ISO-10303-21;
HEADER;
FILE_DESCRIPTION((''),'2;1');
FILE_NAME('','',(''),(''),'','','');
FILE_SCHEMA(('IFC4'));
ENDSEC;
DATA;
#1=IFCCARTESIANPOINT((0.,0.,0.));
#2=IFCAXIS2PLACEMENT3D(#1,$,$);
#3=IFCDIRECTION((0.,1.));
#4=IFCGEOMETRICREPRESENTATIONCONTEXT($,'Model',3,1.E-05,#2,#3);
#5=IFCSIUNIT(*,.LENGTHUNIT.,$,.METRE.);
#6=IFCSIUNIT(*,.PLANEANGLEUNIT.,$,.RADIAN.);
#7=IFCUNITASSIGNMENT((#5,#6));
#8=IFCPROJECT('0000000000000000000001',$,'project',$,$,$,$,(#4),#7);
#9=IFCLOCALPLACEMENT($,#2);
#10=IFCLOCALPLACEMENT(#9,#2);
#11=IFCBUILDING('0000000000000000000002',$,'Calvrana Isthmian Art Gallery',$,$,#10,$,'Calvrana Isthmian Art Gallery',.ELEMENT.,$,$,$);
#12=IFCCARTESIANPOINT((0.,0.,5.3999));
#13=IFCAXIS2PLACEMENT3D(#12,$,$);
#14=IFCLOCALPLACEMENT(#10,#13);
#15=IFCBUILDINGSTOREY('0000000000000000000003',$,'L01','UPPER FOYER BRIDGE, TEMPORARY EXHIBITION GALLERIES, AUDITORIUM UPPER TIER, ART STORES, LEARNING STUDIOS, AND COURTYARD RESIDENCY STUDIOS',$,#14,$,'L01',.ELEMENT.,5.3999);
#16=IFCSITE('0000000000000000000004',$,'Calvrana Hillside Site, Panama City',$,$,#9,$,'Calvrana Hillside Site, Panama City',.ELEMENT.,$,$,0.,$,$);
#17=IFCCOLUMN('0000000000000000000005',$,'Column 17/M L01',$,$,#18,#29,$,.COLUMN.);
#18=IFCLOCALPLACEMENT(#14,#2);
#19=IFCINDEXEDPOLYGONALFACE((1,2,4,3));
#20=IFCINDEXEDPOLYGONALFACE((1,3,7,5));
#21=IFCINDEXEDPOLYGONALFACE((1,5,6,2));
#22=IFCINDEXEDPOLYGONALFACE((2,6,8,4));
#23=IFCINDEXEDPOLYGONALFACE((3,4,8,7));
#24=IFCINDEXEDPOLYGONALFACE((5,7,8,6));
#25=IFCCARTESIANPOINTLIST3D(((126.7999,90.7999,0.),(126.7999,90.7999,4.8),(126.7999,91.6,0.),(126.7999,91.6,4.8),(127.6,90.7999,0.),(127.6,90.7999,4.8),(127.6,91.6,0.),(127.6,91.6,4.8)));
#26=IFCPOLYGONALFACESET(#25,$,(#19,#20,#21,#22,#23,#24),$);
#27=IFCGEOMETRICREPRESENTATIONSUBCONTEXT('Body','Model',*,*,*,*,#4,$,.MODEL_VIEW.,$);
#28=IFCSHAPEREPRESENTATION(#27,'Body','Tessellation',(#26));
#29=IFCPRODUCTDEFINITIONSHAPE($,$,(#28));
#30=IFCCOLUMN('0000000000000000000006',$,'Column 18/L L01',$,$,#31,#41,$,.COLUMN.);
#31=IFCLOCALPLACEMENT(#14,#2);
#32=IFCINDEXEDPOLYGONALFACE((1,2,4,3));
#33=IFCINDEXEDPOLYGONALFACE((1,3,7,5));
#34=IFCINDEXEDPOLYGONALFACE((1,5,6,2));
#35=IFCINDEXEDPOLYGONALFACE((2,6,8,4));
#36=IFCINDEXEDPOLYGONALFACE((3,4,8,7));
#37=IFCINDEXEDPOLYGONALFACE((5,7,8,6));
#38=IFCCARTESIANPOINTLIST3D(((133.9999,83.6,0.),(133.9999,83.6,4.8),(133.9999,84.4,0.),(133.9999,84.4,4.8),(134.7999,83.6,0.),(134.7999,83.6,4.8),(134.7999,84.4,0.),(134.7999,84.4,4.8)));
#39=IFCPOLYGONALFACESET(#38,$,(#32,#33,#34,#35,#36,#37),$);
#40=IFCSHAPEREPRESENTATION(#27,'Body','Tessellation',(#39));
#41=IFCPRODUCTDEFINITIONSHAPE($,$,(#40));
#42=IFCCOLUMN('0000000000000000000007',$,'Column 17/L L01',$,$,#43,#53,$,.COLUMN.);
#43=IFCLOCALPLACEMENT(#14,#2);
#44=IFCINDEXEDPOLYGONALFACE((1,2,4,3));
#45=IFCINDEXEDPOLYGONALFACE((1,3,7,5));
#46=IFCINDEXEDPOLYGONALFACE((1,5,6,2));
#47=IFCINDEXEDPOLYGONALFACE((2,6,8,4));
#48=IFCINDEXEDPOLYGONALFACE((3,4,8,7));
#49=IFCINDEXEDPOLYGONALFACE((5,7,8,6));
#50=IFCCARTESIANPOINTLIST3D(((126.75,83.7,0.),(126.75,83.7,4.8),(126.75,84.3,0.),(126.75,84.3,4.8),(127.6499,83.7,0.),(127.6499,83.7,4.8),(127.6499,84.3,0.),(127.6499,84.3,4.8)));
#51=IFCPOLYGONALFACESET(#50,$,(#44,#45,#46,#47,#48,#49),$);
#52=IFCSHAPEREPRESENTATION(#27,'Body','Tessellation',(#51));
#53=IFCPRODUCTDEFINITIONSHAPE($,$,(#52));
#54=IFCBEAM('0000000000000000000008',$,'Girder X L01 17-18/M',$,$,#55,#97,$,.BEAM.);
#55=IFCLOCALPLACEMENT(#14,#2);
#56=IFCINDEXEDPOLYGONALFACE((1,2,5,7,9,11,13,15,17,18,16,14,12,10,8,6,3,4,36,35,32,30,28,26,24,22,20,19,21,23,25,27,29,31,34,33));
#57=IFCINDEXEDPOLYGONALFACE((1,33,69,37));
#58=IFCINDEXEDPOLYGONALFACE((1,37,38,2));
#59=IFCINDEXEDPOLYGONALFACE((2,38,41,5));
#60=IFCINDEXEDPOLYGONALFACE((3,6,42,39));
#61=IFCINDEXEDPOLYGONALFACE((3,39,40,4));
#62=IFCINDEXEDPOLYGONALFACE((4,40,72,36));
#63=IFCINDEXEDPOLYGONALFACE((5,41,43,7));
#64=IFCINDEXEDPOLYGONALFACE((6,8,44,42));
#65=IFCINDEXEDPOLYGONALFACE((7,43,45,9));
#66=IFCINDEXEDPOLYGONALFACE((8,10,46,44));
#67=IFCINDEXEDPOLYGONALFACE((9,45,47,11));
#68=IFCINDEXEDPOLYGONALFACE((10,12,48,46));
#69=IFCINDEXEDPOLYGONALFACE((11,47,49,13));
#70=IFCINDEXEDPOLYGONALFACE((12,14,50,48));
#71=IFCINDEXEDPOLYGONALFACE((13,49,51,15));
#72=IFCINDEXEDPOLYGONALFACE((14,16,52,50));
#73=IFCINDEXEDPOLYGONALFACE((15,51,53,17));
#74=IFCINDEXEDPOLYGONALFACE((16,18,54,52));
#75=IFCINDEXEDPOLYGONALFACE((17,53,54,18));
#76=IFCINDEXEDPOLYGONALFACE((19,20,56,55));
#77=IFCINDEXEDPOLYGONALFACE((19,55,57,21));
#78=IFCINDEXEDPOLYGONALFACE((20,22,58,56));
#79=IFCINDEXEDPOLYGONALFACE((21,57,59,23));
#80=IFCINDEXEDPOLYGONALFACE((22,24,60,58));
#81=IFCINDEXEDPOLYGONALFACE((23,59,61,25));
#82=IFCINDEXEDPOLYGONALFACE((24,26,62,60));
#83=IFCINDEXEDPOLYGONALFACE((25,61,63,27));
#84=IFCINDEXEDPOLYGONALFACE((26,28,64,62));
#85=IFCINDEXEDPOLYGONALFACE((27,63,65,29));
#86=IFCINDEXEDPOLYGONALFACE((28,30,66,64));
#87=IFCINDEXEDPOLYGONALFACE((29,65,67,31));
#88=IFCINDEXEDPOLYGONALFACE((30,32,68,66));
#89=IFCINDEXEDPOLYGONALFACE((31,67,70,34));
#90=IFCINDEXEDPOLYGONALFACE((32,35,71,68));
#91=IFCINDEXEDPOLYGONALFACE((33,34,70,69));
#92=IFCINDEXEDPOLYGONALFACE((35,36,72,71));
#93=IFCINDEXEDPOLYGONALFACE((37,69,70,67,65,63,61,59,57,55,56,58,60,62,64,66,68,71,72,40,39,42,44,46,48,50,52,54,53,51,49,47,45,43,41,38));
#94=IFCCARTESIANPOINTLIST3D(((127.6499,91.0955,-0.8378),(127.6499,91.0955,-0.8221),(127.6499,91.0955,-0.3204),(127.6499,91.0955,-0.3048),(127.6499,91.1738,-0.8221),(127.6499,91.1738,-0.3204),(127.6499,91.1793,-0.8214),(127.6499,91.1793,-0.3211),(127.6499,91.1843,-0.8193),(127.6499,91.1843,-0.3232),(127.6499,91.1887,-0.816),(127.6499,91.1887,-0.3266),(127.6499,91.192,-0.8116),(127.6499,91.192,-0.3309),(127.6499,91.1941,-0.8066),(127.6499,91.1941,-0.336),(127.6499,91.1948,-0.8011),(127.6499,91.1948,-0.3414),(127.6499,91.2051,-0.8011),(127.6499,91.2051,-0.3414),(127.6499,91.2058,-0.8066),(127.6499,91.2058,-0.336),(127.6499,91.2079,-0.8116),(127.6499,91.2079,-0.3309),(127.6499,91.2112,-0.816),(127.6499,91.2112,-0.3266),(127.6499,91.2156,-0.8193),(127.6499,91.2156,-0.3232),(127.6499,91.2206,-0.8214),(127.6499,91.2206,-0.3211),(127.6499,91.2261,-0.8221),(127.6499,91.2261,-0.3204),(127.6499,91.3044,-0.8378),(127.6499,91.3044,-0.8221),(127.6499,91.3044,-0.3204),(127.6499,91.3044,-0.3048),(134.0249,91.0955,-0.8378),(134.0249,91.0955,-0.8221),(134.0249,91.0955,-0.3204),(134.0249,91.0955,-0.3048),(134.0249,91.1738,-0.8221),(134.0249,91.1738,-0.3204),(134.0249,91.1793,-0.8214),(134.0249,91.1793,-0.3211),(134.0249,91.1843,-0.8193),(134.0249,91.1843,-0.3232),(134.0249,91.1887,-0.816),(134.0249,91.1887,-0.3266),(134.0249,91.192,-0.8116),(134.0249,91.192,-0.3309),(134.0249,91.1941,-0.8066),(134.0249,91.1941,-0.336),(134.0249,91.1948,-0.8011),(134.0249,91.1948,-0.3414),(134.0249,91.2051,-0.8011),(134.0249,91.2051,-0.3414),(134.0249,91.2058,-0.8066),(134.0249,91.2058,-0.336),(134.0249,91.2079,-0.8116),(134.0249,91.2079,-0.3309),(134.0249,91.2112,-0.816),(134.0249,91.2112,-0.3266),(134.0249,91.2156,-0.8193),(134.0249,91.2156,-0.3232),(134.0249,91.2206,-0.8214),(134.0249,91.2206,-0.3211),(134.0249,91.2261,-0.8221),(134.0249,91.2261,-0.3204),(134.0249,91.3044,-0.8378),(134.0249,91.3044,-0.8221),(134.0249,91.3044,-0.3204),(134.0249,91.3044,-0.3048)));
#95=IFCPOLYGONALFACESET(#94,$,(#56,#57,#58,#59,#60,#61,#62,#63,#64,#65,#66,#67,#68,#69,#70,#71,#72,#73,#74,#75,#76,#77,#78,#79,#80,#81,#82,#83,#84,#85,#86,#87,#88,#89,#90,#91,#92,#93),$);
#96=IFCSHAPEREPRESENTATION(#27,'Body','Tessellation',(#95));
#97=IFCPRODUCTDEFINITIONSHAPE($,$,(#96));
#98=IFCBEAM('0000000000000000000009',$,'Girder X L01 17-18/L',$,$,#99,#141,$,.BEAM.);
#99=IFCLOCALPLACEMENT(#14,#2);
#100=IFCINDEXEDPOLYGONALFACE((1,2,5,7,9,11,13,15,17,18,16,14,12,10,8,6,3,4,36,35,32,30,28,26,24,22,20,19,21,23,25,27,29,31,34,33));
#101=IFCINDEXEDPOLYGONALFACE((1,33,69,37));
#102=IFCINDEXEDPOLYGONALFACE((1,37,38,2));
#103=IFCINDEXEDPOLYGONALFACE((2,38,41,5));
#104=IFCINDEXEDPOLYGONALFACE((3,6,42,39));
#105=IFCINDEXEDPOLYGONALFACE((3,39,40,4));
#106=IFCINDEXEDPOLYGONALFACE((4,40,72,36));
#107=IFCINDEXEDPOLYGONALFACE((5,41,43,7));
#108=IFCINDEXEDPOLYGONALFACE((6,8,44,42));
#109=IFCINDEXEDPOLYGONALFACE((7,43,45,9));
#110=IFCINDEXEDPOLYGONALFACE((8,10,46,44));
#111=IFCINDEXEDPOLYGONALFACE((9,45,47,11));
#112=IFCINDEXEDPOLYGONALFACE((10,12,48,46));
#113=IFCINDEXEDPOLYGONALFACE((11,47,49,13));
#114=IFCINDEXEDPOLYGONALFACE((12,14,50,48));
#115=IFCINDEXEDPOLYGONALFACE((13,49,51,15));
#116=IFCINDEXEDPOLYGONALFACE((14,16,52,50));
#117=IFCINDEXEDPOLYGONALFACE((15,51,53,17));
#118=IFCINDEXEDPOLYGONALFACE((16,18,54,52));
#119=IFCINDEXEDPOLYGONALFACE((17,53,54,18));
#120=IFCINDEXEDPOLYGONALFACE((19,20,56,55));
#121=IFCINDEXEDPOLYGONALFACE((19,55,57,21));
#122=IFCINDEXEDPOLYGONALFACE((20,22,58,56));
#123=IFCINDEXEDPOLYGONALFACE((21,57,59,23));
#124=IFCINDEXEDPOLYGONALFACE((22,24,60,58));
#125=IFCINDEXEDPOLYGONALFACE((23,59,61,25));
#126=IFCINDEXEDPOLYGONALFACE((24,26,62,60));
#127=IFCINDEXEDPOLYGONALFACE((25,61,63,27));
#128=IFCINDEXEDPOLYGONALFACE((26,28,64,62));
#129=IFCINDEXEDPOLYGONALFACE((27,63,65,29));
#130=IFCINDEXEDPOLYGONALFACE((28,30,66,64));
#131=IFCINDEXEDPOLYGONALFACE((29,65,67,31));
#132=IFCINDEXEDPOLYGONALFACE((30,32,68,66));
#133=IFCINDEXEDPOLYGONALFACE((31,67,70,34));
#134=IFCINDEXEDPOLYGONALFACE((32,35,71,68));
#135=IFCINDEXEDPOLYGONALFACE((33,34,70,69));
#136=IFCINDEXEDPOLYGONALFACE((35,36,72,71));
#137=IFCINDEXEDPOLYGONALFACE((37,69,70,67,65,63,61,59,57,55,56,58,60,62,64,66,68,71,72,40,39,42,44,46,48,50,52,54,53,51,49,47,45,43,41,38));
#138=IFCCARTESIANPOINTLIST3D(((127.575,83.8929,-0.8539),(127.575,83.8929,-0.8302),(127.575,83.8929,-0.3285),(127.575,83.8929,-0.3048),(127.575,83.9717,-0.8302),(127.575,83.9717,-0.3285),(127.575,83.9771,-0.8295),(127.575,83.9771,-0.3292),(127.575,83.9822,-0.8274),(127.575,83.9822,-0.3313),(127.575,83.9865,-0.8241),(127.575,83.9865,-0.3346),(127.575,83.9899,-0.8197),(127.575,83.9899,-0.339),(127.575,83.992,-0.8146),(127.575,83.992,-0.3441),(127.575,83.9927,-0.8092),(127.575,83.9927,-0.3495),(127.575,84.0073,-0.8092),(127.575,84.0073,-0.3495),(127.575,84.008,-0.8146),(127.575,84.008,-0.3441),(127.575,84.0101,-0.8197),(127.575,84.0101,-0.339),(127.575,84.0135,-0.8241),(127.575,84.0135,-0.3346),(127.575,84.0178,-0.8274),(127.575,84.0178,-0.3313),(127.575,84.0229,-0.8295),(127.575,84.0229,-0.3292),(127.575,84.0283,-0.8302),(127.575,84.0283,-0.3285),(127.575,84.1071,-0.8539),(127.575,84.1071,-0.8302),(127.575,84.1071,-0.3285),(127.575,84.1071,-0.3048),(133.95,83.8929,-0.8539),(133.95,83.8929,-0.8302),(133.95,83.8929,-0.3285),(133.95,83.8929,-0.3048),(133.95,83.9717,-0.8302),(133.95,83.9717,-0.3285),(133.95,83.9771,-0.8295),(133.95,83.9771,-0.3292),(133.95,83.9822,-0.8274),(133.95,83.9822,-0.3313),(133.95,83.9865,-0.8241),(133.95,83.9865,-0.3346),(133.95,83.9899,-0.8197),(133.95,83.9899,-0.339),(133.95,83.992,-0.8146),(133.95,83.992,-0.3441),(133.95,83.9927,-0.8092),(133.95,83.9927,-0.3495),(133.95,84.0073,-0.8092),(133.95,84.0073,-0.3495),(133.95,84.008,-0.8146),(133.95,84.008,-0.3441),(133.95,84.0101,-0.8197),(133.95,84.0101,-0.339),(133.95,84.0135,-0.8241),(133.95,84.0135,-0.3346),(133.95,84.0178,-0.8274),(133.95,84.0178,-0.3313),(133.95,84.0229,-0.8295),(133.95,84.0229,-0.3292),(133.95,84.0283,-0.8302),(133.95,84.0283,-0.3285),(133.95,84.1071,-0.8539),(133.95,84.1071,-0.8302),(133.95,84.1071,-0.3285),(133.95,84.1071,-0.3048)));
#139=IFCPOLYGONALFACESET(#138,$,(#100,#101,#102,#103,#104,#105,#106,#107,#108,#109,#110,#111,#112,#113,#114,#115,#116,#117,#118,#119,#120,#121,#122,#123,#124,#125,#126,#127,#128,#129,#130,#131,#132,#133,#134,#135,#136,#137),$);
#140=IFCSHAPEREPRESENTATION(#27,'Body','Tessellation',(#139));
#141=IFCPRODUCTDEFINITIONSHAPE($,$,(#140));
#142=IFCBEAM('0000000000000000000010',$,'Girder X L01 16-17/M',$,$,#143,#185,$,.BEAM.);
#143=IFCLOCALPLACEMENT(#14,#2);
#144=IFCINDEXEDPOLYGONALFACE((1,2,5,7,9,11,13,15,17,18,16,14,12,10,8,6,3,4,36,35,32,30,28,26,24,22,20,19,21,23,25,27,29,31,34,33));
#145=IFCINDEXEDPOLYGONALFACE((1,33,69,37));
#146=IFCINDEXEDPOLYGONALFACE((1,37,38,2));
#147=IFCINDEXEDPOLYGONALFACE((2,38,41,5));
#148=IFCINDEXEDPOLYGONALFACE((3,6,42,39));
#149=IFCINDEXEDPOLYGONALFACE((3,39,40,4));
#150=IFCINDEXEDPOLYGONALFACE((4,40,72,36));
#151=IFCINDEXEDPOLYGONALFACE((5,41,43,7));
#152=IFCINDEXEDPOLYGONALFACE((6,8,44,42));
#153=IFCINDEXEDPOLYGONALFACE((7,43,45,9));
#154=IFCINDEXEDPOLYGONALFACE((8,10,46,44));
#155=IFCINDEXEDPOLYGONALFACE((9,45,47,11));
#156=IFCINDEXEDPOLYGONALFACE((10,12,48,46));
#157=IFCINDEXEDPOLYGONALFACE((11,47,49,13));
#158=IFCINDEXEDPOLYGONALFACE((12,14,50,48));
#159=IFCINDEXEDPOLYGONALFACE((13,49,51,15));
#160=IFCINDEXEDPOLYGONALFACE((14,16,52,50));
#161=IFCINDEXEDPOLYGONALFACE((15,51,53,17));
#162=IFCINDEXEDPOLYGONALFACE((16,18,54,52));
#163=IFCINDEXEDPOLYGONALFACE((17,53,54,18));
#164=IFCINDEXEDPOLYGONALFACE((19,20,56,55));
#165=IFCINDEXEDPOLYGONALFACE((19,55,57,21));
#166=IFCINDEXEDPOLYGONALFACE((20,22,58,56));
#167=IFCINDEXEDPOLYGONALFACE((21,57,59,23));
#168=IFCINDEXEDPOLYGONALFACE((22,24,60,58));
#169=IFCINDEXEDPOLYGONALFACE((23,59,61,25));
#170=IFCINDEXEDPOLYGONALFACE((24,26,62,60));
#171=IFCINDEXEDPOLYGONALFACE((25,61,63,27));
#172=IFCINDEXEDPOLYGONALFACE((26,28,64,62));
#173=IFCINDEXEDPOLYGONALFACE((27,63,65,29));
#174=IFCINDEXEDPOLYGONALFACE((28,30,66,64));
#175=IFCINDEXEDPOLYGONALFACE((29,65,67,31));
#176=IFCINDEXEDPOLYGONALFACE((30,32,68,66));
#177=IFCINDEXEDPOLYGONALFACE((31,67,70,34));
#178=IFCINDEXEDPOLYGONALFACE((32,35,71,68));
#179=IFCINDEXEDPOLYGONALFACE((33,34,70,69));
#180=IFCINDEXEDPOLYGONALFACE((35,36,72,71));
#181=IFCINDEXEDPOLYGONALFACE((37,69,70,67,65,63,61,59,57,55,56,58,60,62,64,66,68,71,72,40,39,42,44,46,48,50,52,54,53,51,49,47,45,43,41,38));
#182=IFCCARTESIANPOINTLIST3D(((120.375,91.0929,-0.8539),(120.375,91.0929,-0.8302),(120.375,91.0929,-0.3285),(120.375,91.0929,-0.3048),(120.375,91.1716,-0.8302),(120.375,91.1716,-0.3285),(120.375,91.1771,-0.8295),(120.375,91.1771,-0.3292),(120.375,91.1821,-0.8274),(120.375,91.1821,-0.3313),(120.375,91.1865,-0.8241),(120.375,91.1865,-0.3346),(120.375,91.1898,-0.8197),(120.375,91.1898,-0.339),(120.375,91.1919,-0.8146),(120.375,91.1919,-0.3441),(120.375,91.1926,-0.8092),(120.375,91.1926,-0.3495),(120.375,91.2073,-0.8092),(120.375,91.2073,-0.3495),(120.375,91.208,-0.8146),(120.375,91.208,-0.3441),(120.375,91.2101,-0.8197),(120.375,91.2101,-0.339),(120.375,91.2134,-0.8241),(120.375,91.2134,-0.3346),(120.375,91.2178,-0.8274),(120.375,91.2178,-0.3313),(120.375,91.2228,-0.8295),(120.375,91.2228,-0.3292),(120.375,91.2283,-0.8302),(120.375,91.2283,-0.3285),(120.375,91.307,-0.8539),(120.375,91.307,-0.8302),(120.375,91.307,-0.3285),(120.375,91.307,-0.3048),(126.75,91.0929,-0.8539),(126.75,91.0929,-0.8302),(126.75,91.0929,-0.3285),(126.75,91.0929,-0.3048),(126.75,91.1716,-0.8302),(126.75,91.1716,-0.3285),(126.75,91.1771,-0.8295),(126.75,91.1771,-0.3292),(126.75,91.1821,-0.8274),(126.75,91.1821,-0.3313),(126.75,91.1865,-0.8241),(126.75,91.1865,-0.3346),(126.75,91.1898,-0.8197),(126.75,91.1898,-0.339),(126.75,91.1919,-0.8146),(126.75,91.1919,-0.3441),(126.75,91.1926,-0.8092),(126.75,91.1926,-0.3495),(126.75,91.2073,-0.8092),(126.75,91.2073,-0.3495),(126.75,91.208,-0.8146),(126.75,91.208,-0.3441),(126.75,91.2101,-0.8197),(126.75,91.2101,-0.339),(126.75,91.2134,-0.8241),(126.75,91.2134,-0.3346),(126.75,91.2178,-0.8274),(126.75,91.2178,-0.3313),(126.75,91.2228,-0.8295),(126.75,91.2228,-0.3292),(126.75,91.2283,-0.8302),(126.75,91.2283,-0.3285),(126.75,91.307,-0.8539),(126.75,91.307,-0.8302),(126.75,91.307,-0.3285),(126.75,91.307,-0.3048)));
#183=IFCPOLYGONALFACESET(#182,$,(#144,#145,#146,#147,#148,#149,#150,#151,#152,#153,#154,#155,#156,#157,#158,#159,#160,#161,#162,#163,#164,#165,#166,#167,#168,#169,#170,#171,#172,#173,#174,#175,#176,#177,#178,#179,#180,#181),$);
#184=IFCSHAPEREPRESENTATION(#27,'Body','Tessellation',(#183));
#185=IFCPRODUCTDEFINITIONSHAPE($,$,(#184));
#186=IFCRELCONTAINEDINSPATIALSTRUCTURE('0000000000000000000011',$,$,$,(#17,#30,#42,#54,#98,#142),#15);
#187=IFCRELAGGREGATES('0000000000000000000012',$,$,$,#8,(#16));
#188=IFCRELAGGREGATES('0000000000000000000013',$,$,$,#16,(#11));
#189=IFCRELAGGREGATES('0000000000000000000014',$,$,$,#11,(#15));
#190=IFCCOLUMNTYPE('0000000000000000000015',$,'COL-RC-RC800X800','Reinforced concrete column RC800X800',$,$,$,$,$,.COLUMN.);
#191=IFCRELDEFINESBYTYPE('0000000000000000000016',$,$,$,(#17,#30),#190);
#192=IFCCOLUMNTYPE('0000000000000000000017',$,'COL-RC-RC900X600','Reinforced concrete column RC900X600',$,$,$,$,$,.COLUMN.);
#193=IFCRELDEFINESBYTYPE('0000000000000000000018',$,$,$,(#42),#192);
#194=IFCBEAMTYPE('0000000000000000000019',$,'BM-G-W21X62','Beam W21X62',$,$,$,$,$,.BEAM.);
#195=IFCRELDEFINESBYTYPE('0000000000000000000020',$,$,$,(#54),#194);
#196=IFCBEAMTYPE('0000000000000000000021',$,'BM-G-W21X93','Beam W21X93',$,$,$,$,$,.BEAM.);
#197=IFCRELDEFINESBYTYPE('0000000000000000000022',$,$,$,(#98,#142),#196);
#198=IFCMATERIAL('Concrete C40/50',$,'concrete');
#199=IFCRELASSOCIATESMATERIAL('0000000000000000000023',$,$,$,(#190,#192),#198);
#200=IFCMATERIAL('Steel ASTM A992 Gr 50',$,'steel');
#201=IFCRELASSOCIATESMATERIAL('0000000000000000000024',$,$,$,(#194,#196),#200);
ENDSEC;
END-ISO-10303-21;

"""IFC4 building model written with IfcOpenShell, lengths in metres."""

from ifc_helpers import new_model, si_unit, direction, frame, origin, origin_2d, place, context, subcontext, project, spatial, rectangle, i_section, extrude, material, material_profile, profile_set, type_object, element, save


model = new_model("IFC4")

# Units and contexts
model_context = context("Model", 3, precision=1e-05, world=origin(), true_north=direction((0.0, 1.0)))
body_context = subcontext(model_context, "Body", "Model", "MODEL_VIEW")
ifc_project = project(units=[si_unit("LENGTHUNIT", "METRE"), si_unit("PLANEANGLEUNIT", "RADIAN")], contexts=[model_context])

# Site, building, storey
site_placement = place(None, origin())
site = spatial("IfcSite", under=ifc_project, at=site_placement, Name="Calvrana Hillside Site, Panama City", LongName="Calvrana Hillside Site, Panama City", CompositionType="ELEMENT", RefElevation=0.0)
building_placement = place(site_placement, origin())
building = spatial("IfcBuilding", under=site, at=building_placement, Name="Calvrana Isthmian Art Gallery", LongName="Calvrana Isthmian Art Gallery", CompositionType="ELEMENT")
storey_placement = place(building_placement, frame((0.0, 0.0, 5.3999)))
storey = spatial("IfcBuildingStorey", under=building, at=storey_placement, Name="L01", Description="UPPER FOYER BRIDGE, TEMPORARY EXHIBITION GALLERIES, AUDITORIUM UPPER TIER, ART STORES, LEARNING STUDIOS, AND COURTYARD RESIDENCY STUDIOS", LongName="L01", CompositionType="ELEMENT", Elevation=5.3999)

# Columns
ifc_material_1 = material(Name="Concrete C40/50", Category="concrete")
ifc_material_profile_1 = material_profile(ifc_material_1, rectangle(XDim=0.8, YDim=0.8, at=origin_2d()), Name="RC800X800")
ifc_profile_set_1 = profile_set([ifc_material_profile_1], Name="Concrete C40/50")
column_type_1 = type_object("IfcColumnType", Name="COL-RC-RC800X800", Description="Reinforced concrete column RC800X800", PredefinedType="COLUMN", material=ifc_profile_set_1)
for number, where, z_axis, x_axis, name in (
    (1, (127.2, 91.2, 0.0), (0.0, 0.0, 1.0), (1.0, 0.0, 0.0), "Column 17/M L01"),
    (2, (134.3999, 84.0, 0.0), (0.0, 0.0, 1.0), (1.0, 0.0, 0.0), "Column 18/L L01"),
):
    element("IfcColumn", number, at=place(storey_placement, frame(where, z_axis=z_axis, x_axis=x_axis)), inside=storey, type_object=column_type_1, Name=name, PredefinedType="COLUMN", context=body_context, shape_type="SweptSolid", body=[
        extrude(rectangle(XDim=0.8, YDim=0.8, at=origin_2d()), origin(), (0.0, 0.0, 1.0), 4.8),
    ])
ifc_material_profile_2 = material_profile(ifc_material_1, rectangle(XDim=0.8999, YDim=0.6001, at=origin_2d()), Name="RC900X600")
ifc_profile_set_2 = profile_set([ifc_material_profile_2], Name="Concrete C40/50")
column_type_2 = type_object("IfcColumnType", Name="COL-RC-RC900X600", Description="Reinforced concrete column RC900X600", PredefinedType="COLUMN", material=ifc_profile_set_2)
column_placement = place(storey_placement, frame((127.2, 84.0, 0.0), z_axis=(0.0, 0.0, 1.0), x_axis=(1.0, 0.0, 0.0)))
element("IfcColumn", 3, at=column_placement, inside=storey, type_object=column_type_2, Name="Column 17/L L01", PredefinedType="COLUMN", context=body_context, shape_type="SweptSolid", body=[
    extrude(rectangle(XDim=0.8999, YDim=0.6001, at=origin_2d()), origin(), (0.0, 0.0, 1.0), 4.8),
])

# Beams
ifc_material_2 = material(Name="Steel ASTM A992 Gr 50", Category="steel")
ifc_material_profile_3 = material_profile(ifc_material_2, i_section(OverallWidth=0.209, OverallDepth=0.533, WebThickness=0.0103, FlangeThickness=0.0156, FilletRadius=0.021, at=origin_2d()), Name="W21X62")
ifc_profile_set_3 = profile_set([ifc_material_profile_3], Name="Steel ASTM A992 Gr 50")
beam_type_1 = type_object("IfcBeamType", Name="BM-G-W21X62", Description="Beam W21X62", PredefinedType="BEAM", material=ifc_profile_set_3)
beam_1_placement = place(storey_placement, frame((127.6499, 91.2, -0.5713), z_axis=(1.0, 0.0, 0.0), x_axis=(0.0, 1.0, 0.0)))
element("IfcBeam", 4, at=beam_1_placement, inside=storey, type_object=beam_type_1, Name="Girder X L01 17-18/M", PredefinedType="BEAM", context=body_context, shape_type="SweptSolid", body=[
    extrude(i_section(OverallWidth=0.209, OverallDepth=0.533, WebThickness=0.0103, FlangeThickness=0.0156, FilletRadius=0.021, at=origin_2d()), origin(), (0.0, 0.0, 1.0), 6.375),
])
ifc_material_profile_4 = material_profile(ifc_material_2, i_section(OverallWidth=0.2141, OverallDepth=0.5491, WebThickness=0.0146, FlangeThickness=0.0237, FilletRadius=0.021, at=origin_2d()), Name="W21X93")
ifc_profile_set_4 = profile_set([ifc_material_profile_4], Name="Steel ASTM A992 Gr 50")
beam_type_2 = type_object("IfcBeamType", Name="BM-G-W21X93", Description="Beam W21X93", PredefinedType="BEAM", material=ifc_profile_set_4)
for number, where, z_axis, x_axis, name in (
    (5, (127.575, 84.0, -0.5793), (1.0, 0.0, 0.0), (0.0, 1.0, 0.0), "Girder X L01 17-18/L"),
    (6, (120.375, 91.2, -0.5793), (1.0, 0.0, 0.0), (0.0, 1.0, 0.0), "Girder X L01 16-17/M"),
):
    element("IfcBeam", number, at=place(storey_placement, frame(where, z_axis=z_axis, x_axis=x_axis)), inside=storey, type_object=beam_type_2, Name=name, PredefinedType="BEAM", context=body_context, shape_type="SweptSolid", body=[
        extrude(i_section(OverallWidth=0.2141, OverallDepth=0.5491, WebThickness=0.0146, FlangeThickness=0.0237, FilletRadius=0.021, at=origin_2d()), origin(), (0.0, 0.0, 1.0), 6.375),
    ])

save(model, "model.ifc")
